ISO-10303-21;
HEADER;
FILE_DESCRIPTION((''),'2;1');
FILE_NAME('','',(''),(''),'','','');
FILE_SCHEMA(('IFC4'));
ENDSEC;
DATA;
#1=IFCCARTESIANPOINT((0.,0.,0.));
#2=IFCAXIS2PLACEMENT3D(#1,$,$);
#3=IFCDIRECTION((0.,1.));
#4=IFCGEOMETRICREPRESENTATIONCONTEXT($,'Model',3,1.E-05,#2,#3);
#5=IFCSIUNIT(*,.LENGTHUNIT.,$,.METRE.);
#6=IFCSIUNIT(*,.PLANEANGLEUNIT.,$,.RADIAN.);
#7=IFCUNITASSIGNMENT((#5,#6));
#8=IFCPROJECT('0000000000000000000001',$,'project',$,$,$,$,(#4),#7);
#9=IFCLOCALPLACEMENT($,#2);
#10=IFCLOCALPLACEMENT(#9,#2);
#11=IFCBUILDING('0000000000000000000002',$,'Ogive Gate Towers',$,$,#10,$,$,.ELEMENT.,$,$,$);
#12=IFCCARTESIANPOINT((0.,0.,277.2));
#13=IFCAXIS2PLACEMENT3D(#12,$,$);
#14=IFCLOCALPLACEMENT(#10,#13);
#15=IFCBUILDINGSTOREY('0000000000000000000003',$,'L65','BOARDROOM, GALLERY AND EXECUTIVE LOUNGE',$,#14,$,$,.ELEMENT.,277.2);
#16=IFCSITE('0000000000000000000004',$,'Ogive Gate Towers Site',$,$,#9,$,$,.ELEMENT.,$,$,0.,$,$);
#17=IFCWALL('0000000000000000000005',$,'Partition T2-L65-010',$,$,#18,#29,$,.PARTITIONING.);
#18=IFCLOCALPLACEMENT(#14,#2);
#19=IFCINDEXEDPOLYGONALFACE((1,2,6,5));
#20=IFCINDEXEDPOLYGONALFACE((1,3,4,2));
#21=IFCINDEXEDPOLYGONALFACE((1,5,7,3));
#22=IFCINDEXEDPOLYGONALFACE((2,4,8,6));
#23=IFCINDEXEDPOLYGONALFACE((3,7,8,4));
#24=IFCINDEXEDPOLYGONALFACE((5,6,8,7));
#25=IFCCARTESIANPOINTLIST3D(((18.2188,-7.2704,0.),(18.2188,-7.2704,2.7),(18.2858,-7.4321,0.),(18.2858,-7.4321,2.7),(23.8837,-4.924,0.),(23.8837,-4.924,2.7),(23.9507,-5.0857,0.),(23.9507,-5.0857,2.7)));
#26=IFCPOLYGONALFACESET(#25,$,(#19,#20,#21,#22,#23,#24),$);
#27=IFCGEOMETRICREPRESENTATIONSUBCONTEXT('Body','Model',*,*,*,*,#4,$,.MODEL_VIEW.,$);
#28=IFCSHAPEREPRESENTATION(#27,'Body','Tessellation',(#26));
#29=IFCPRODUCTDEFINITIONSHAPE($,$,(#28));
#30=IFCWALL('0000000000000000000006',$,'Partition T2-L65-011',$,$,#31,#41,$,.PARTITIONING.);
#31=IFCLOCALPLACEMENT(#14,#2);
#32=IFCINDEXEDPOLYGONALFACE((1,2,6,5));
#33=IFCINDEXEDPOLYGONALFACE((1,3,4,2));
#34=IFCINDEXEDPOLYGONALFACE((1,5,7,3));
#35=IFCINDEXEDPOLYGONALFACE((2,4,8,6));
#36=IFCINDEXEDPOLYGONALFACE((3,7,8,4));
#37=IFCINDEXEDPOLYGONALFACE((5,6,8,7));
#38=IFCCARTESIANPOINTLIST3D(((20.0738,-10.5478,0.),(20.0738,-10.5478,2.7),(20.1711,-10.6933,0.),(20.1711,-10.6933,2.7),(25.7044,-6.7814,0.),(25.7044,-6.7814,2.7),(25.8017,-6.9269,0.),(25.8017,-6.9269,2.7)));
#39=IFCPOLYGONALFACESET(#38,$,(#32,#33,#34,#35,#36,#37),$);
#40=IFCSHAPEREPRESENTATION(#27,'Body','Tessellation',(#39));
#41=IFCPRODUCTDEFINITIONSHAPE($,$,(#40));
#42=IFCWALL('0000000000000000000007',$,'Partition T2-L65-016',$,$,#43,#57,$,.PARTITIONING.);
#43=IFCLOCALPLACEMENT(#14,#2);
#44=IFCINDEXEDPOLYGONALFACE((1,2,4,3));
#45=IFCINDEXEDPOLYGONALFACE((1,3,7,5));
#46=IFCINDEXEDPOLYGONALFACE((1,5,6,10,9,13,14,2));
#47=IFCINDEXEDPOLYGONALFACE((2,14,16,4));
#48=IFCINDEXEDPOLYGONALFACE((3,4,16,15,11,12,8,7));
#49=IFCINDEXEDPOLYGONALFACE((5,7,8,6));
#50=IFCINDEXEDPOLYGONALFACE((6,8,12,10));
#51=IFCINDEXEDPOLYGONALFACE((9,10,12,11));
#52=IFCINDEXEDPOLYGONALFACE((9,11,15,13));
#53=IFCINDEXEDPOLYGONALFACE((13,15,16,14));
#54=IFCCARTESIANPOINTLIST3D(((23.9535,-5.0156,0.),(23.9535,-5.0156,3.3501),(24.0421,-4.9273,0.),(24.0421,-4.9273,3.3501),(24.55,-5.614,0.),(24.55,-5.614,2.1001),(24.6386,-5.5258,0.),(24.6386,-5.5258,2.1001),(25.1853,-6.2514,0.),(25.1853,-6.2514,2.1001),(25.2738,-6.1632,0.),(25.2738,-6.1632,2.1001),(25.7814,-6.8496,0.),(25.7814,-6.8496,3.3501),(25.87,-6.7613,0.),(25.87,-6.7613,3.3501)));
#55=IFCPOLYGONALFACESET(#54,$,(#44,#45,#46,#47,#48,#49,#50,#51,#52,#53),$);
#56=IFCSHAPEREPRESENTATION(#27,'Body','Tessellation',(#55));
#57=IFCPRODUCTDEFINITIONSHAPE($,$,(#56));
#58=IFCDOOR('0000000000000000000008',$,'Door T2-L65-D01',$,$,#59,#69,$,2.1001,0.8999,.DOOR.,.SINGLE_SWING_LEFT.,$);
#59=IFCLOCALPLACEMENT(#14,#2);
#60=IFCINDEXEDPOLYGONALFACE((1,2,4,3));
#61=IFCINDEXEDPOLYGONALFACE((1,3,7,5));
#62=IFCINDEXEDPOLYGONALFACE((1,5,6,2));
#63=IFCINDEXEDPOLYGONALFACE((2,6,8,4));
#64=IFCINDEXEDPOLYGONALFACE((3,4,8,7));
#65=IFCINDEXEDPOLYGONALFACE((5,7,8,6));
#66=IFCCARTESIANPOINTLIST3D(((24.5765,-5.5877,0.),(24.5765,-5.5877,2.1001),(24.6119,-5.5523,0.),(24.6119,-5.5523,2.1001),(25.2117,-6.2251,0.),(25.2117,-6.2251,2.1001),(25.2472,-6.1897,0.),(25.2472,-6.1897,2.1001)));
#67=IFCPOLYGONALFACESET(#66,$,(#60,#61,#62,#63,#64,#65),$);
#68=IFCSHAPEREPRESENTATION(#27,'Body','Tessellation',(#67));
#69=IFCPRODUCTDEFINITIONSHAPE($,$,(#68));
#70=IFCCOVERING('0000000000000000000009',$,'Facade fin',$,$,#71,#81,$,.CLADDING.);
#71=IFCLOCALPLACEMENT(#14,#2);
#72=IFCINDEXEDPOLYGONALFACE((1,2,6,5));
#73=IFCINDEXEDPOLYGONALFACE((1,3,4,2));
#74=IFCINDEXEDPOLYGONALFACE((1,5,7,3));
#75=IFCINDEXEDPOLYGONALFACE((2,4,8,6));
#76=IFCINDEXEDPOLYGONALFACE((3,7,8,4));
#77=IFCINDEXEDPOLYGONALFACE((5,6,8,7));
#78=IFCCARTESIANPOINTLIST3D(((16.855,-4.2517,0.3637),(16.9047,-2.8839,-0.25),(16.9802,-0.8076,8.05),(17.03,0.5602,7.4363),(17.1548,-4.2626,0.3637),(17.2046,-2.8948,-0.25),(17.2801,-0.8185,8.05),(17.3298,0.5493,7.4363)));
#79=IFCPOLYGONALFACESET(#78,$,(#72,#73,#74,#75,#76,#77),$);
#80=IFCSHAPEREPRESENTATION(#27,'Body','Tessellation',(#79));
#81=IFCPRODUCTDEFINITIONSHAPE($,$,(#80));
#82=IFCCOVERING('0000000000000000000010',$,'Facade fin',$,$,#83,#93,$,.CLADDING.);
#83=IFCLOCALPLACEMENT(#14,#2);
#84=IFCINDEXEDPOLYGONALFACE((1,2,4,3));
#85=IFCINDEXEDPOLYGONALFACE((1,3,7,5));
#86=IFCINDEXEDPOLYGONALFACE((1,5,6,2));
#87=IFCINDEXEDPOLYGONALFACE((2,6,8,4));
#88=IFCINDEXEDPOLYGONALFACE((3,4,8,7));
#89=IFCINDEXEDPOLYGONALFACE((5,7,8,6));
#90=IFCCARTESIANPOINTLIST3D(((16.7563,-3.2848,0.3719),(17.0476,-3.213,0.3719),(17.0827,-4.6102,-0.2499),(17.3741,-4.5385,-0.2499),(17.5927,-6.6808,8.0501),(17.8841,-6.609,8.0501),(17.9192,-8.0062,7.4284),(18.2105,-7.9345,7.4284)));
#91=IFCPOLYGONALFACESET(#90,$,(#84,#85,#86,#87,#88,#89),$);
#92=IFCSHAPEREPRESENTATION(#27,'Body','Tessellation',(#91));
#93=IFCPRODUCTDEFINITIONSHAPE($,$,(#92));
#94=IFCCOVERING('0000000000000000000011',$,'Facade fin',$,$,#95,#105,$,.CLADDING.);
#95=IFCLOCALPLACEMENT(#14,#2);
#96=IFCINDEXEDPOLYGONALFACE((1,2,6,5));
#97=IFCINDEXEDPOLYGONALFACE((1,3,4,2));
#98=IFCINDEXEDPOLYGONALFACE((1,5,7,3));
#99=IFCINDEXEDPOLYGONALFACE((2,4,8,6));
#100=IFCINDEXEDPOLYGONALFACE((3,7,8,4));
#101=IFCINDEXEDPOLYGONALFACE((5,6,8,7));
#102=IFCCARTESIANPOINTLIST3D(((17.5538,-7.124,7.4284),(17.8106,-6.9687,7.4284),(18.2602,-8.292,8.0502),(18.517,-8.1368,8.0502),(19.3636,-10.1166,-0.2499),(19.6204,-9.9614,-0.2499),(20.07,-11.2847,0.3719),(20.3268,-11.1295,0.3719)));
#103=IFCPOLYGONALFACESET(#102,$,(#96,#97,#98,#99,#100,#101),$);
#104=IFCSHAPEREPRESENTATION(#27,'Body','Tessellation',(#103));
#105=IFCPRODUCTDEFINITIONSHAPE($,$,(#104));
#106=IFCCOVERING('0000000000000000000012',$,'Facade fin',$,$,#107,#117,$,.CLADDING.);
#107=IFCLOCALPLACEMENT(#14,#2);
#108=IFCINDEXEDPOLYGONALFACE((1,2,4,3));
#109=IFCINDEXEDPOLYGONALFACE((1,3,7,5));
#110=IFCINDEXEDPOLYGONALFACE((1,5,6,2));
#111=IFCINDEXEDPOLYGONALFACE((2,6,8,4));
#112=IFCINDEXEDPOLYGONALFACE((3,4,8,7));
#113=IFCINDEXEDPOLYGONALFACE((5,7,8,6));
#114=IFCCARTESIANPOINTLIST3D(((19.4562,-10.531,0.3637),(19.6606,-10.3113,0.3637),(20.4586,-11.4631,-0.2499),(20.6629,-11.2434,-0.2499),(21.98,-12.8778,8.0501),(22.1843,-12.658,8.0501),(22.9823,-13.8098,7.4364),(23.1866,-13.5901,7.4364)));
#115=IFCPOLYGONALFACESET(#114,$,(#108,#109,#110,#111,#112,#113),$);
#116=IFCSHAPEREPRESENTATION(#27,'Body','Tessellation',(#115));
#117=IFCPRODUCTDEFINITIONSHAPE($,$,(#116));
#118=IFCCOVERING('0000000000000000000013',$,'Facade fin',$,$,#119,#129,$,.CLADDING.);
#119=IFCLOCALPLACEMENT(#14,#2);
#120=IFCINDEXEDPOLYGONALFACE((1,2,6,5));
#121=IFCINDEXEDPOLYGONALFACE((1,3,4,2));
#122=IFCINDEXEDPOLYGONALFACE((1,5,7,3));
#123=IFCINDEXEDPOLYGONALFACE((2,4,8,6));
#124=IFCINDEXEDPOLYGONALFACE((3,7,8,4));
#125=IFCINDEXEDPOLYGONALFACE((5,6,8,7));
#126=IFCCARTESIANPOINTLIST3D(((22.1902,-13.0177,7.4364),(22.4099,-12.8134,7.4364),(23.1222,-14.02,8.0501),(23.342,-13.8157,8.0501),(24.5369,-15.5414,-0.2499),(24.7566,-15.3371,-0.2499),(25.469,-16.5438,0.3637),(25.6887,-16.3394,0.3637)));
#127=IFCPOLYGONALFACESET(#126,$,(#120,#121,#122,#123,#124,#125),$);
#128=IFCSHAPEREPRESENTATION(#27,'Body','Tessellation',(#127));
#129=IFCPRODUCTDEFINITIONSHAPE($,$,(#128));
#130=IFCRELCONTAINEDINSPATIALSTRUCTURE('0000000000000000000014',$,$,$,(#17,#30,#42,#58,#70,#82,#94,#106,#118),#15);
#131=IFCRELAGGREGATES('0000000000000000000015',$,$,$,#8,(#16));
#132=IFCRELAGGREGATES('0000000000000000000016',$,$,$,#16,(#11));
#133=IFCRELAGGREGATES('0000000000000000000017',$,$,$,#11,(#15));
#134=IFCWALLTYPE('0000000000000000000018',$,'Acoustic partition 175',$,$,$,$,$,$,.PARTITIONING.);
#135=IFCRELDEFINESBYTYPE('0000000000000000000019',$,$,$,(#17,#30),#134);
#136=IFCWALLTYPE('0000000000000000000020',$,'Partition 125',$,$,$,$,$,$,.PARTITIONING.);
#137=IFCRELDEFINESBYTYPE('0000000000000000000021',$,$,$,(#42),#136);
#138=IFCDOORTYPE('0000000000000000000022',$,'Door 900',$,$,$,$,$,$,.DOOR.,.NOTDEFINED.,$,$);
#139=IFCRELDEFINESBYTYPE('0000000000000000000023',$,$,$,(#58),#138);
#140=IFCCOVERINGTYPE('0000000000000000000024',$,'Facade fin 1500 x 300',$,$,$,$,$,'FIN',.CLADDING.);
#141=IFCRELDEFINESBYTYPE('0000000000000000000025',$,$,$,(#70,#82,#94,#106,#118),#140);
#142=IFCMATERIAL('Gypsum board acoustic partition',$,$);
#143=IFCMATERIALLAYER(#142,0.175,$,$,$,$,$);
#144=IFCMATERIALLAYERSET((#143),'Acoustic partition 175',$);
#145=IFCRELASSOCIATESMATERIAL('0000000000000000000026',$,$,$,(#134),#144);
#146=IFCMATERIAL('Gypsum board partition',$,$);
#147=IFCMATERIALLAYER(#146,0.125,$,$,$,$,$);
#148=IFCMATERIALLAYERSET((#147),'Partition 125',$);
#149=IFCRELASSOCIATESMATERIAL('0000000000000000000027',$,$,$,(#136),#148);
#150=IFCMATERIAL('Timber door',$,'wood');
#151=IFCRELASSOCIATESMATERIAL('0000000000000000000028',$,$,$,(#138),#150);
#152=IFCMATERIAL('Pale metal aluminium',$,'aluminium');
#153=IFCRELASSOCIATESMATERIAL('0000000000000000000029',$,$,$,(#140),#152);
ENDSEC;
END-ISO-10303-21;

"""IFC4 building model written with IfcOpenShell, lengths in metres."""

from ifc_helpers import new_model, si_unit, direction, frame, frame_2d, origin, origin_2d, place, context, subcontext, project, spatial, rectangle, extrude, material, layer, layer_set, material_profile, profile_set, type_object, element, fill, save


model = new_model("IFC4")

# Units and contexts
model_context = context("Model", 3, precision=1e-05, world=origin(), true_north=direction((0.0, 1.0)))
body_context = subcontext(model_context, "Body", "Model", "MODEL_VIEW")
ifc_project = project(units=[si_unit("LENGTHUNIT", "METRE"), si_unit("PLANEANGLEUNIT", "RADIAN")], contexts=[model_context])

# Site, building, storey
site_placement = place(None, origin())
site = spatial("IfcSite", under=ifc_project, at=site_placement, Name="Ogive Gate Towers Site", CompositionType="ELEMENT", RefElevation=0.0)
building_placement = place(site_placement, origin())
building = spatial("IfcBuilding", under=site, at=building_placement, Name="Ogive Gate Towers", CompositionType="ELEMENT")
storey_placement = place(building_placement, frame((0.0, 0.0, 277.2)))
storey = spatial("IfcBuildingStorey", under=building, at=storey_placement, Name="L65", Description="BOARDROOM, GALLERY AND EXECUTIVE LOUNGE", CompositionType="ELEMENT", Elevation=277.2)

# Shared definitions
ifc_material_1 = material(Name="Pale metal aluminium", Category="aluminium")

# Walls
ifc_material_2 = material(Name="Gypsum board acoustic partition")
ifc_layer_1 = layer(ifc_material_2, 0.175)
ifc_layer_set_1 = layer_set([ifc_layer_1], Name="Acoustic partition 175")
wall_type_1 = type_object("IfcWallType", Name="Acoustic partition 175", PredefinedType="PARTITIONING", material=ifc_layer_set_1)
wall_1_placement = place(storey_placement, frame((18.2522, -7.3513, 0.0), z_axis=(0.0, 0.0, 1.0), x_axis=(0.923879, 0.382684, 0.0)))
element("IfcWall", 1, at=wall_1_placement, inside=storey, type_object=wall_type_1, Name="Partition T2-L65-010", PredefinedType="PARTITIONING", context=body_context, shape_type="SweptSolid", body=[
    extrude(rectangle(XDim=6.1316, YDim=0.175, at=frame_2d((3.0659, 0.0))), origin(), (0.0, 0.0, 1.0), 2.7),
])
wall_2_placement = place(storey_placement, frame((20.1223, -10.6206, 0.0), z_axis=(0.0, 0.0, 1.0), x_axis=(0.83119, 0.555989, 0.0)))
element("IfcWall", 2, at=wall_2_placement, inside=storey, type_object=wall_type_1, Name="Partition T2-L65-011", PredefinedType="PARTITIONING", context=body_context, shape_type="SweptSolid", body=[
    extrude(rectangle(XDim=6.7742, YDim=0.175, at=frame_2d((3.3872, 0.0))), origin(), (0.0, 0.0, 1.0), 2.7),
])

# Wall, opening, door
ifc_material_3 = material(Name="Gypsum board partition")
ifc_layer_2 = layer(ifc_material_3, 0.125)
ifc_layer_set_2 = layer_set([ifc_layer_2], Name="Partition 125")
wall_type_2 = type_object("IfcWallType", Name="Partition 125", PredefinedType="PARTITIONING", material=ifc_layer_set_2)
wall_3_placement = place(storey_placement, frame((23.9978, -4.9714, 0.0), z_axis=(0.0, 0.0, 1.0), x_axis=(0.705927, -0.708284, 0.0)))
wall_3 = element("IfcWall", 3, at=wall_3_placement, inside=storey, type_object=wall_type_2, Name="Partition T2-L65-016", PredefinedType="PARTITIONING", context=body_context, shape_type="SweptSolid", body=[
    extrude(rectangle(XDim=2.5894, YDim=0.125, at=frame_2d((1.2947, 0.0))), origin(), (0.0, 0.0, 1.0), 3.3501),
])
opening_placement = place(wall_3_placement, frame((0.845, 0.0, 0.0)))
opening = element("IfcOpeningElement", 4, at=opening_placement, cuts=wall_3, PredefinedType="OPENING", context=body_context, shape_type="SweptSolid", body=[
    extrude(rectangle(XDim=0.8999, YDim=2.1001, at=frame_2d((0.45, 1.05))), frame((0.0, 0.0725, 0.0), z_axis=(0.0, -1.0, 0.0), x_axis=(1.0, 0.0, 0.0)), (0.0, 0.0, 1.0), 0.145),
])
ifc_material_4 = material(Name="Timber door", Category="wood")
door_type = type_object("IfcDoorType", Name="Door 900", OperationType="NOTDEFINED", PredefinedType="DOOR", material=ifc_material_4)
door_placement = place(opening_placement, origin())
door = element("IfcDoor", 5, at=door_placement, inside=storey, type_object=door_type, Name="Door T2-L65-D01", OperationType="SINGLE_SWING_LEFT", OverallHeight=2.1001, OverallWidth=0.8999, PredefinedType="DOOR", context=body_context, shape_type="SweptSolid", body=[
    extrude(rectangle(XDim=0.8999, YDim=2.1001, at=frame_2d((0.45, 1.05))), frame((0.0, 0.0249, 0.0), z_axis=(0.0, -1.0, 0.0), x_axis=(1.0, 0.0, 0.0)), (0.0, 0.0, 1.0), 0.05),
])
fill(opening, door)

# Coverings
ifc_material_profile_1 = material_profile(ifc_material_1, rectangle(XDim=0.3, YDim=1.5, at=origin_2d()), Name="1500 x 300 pale metal aluminium")
ifc_profile_set_1 = profile_set([ifc_material_profile_1], Name="Pale metal aluminium")
covering_type = type_object("IfcCoveringType", Name="Facade fin 1500 x 300", ElementType="FIN", PredefinedType="CLADDING", material=ifc_profile_set_1)
covering_placement = place(storey_placement, frame((17.0298, -3.5732, 0.0569), z_axis=(0.014868, 0.408864, 0.912474), x_axis=(-0.999339, 0.036341, 0.0)))
element("IfcCovering", 6, at=covering_placement, inside=storey, type_object=covering_type, Name="Facade fin", PredefinedType="CLADDING", context=body_context, shape_type="SweptSolid", body=[
    extrude(rectangle(XDim=0.3, YDim=1.5, at=origin_2d()), origin(), (0.0, 0.0, 1.0), 8.4236),
])
for number, where, z_axis, x_axis, name in (
    (7, (17.0652, -3.9116, 0.061), (0.099135, -0.402499, 0.910037), (0.970982, 0.239151, 0.0), "Facade fin"),
    (8, (19.8452, -10.623, 0.061), (-0.214504, 0.354699, 0.910042), (-0.855695, -0.51748, 0.0), "Facade fin"),
):
    element("IfcCovering", number, at=place(storey_placement, frame(where, z_axis=z_axis, x_axis=x_axis)), inside=storey, type_object=covering_type, Name=name, PredefinedType="CLADDING", context=body_context, shape_type="SweptSolid", body=[
        extrude(rectangle(XDim=0.3, YDim=1.5, at=origin_2d()), origin(), (0.0, 0.0, 1.0), 8.4373),
    ])
for number, where, z_axis, x_axis, name in (
    (9, (20.0596, -10.8872, 0.0569), (0.299601, -0.278588, 0.912484), (0.680959, 0.732321, 0.0), "Facade fin"),
    (10, (25.1128, -15.9404, 0.0569), (-0.278588, 0.299601, 0.912484), (-0.732321, -0.680959, 0.0), "Facade fin"),
):
    element("IfcCovering", number, at=place(storey_placement, frame(where, z_axis=z_axis, x_axis=x_axis)), inside=storey, type_object=covering_type, Name=name, PredefinedType="CLADDING", context=body_context, shape_type="SweptSolid", body=[
        extrude(rectangle(XDim=0.3, YDim=1.5, at=origin_2d()), origin(), (0.0, 0.0, 1.0), 8.4236),
    ])

save(model, "model.ifc")
